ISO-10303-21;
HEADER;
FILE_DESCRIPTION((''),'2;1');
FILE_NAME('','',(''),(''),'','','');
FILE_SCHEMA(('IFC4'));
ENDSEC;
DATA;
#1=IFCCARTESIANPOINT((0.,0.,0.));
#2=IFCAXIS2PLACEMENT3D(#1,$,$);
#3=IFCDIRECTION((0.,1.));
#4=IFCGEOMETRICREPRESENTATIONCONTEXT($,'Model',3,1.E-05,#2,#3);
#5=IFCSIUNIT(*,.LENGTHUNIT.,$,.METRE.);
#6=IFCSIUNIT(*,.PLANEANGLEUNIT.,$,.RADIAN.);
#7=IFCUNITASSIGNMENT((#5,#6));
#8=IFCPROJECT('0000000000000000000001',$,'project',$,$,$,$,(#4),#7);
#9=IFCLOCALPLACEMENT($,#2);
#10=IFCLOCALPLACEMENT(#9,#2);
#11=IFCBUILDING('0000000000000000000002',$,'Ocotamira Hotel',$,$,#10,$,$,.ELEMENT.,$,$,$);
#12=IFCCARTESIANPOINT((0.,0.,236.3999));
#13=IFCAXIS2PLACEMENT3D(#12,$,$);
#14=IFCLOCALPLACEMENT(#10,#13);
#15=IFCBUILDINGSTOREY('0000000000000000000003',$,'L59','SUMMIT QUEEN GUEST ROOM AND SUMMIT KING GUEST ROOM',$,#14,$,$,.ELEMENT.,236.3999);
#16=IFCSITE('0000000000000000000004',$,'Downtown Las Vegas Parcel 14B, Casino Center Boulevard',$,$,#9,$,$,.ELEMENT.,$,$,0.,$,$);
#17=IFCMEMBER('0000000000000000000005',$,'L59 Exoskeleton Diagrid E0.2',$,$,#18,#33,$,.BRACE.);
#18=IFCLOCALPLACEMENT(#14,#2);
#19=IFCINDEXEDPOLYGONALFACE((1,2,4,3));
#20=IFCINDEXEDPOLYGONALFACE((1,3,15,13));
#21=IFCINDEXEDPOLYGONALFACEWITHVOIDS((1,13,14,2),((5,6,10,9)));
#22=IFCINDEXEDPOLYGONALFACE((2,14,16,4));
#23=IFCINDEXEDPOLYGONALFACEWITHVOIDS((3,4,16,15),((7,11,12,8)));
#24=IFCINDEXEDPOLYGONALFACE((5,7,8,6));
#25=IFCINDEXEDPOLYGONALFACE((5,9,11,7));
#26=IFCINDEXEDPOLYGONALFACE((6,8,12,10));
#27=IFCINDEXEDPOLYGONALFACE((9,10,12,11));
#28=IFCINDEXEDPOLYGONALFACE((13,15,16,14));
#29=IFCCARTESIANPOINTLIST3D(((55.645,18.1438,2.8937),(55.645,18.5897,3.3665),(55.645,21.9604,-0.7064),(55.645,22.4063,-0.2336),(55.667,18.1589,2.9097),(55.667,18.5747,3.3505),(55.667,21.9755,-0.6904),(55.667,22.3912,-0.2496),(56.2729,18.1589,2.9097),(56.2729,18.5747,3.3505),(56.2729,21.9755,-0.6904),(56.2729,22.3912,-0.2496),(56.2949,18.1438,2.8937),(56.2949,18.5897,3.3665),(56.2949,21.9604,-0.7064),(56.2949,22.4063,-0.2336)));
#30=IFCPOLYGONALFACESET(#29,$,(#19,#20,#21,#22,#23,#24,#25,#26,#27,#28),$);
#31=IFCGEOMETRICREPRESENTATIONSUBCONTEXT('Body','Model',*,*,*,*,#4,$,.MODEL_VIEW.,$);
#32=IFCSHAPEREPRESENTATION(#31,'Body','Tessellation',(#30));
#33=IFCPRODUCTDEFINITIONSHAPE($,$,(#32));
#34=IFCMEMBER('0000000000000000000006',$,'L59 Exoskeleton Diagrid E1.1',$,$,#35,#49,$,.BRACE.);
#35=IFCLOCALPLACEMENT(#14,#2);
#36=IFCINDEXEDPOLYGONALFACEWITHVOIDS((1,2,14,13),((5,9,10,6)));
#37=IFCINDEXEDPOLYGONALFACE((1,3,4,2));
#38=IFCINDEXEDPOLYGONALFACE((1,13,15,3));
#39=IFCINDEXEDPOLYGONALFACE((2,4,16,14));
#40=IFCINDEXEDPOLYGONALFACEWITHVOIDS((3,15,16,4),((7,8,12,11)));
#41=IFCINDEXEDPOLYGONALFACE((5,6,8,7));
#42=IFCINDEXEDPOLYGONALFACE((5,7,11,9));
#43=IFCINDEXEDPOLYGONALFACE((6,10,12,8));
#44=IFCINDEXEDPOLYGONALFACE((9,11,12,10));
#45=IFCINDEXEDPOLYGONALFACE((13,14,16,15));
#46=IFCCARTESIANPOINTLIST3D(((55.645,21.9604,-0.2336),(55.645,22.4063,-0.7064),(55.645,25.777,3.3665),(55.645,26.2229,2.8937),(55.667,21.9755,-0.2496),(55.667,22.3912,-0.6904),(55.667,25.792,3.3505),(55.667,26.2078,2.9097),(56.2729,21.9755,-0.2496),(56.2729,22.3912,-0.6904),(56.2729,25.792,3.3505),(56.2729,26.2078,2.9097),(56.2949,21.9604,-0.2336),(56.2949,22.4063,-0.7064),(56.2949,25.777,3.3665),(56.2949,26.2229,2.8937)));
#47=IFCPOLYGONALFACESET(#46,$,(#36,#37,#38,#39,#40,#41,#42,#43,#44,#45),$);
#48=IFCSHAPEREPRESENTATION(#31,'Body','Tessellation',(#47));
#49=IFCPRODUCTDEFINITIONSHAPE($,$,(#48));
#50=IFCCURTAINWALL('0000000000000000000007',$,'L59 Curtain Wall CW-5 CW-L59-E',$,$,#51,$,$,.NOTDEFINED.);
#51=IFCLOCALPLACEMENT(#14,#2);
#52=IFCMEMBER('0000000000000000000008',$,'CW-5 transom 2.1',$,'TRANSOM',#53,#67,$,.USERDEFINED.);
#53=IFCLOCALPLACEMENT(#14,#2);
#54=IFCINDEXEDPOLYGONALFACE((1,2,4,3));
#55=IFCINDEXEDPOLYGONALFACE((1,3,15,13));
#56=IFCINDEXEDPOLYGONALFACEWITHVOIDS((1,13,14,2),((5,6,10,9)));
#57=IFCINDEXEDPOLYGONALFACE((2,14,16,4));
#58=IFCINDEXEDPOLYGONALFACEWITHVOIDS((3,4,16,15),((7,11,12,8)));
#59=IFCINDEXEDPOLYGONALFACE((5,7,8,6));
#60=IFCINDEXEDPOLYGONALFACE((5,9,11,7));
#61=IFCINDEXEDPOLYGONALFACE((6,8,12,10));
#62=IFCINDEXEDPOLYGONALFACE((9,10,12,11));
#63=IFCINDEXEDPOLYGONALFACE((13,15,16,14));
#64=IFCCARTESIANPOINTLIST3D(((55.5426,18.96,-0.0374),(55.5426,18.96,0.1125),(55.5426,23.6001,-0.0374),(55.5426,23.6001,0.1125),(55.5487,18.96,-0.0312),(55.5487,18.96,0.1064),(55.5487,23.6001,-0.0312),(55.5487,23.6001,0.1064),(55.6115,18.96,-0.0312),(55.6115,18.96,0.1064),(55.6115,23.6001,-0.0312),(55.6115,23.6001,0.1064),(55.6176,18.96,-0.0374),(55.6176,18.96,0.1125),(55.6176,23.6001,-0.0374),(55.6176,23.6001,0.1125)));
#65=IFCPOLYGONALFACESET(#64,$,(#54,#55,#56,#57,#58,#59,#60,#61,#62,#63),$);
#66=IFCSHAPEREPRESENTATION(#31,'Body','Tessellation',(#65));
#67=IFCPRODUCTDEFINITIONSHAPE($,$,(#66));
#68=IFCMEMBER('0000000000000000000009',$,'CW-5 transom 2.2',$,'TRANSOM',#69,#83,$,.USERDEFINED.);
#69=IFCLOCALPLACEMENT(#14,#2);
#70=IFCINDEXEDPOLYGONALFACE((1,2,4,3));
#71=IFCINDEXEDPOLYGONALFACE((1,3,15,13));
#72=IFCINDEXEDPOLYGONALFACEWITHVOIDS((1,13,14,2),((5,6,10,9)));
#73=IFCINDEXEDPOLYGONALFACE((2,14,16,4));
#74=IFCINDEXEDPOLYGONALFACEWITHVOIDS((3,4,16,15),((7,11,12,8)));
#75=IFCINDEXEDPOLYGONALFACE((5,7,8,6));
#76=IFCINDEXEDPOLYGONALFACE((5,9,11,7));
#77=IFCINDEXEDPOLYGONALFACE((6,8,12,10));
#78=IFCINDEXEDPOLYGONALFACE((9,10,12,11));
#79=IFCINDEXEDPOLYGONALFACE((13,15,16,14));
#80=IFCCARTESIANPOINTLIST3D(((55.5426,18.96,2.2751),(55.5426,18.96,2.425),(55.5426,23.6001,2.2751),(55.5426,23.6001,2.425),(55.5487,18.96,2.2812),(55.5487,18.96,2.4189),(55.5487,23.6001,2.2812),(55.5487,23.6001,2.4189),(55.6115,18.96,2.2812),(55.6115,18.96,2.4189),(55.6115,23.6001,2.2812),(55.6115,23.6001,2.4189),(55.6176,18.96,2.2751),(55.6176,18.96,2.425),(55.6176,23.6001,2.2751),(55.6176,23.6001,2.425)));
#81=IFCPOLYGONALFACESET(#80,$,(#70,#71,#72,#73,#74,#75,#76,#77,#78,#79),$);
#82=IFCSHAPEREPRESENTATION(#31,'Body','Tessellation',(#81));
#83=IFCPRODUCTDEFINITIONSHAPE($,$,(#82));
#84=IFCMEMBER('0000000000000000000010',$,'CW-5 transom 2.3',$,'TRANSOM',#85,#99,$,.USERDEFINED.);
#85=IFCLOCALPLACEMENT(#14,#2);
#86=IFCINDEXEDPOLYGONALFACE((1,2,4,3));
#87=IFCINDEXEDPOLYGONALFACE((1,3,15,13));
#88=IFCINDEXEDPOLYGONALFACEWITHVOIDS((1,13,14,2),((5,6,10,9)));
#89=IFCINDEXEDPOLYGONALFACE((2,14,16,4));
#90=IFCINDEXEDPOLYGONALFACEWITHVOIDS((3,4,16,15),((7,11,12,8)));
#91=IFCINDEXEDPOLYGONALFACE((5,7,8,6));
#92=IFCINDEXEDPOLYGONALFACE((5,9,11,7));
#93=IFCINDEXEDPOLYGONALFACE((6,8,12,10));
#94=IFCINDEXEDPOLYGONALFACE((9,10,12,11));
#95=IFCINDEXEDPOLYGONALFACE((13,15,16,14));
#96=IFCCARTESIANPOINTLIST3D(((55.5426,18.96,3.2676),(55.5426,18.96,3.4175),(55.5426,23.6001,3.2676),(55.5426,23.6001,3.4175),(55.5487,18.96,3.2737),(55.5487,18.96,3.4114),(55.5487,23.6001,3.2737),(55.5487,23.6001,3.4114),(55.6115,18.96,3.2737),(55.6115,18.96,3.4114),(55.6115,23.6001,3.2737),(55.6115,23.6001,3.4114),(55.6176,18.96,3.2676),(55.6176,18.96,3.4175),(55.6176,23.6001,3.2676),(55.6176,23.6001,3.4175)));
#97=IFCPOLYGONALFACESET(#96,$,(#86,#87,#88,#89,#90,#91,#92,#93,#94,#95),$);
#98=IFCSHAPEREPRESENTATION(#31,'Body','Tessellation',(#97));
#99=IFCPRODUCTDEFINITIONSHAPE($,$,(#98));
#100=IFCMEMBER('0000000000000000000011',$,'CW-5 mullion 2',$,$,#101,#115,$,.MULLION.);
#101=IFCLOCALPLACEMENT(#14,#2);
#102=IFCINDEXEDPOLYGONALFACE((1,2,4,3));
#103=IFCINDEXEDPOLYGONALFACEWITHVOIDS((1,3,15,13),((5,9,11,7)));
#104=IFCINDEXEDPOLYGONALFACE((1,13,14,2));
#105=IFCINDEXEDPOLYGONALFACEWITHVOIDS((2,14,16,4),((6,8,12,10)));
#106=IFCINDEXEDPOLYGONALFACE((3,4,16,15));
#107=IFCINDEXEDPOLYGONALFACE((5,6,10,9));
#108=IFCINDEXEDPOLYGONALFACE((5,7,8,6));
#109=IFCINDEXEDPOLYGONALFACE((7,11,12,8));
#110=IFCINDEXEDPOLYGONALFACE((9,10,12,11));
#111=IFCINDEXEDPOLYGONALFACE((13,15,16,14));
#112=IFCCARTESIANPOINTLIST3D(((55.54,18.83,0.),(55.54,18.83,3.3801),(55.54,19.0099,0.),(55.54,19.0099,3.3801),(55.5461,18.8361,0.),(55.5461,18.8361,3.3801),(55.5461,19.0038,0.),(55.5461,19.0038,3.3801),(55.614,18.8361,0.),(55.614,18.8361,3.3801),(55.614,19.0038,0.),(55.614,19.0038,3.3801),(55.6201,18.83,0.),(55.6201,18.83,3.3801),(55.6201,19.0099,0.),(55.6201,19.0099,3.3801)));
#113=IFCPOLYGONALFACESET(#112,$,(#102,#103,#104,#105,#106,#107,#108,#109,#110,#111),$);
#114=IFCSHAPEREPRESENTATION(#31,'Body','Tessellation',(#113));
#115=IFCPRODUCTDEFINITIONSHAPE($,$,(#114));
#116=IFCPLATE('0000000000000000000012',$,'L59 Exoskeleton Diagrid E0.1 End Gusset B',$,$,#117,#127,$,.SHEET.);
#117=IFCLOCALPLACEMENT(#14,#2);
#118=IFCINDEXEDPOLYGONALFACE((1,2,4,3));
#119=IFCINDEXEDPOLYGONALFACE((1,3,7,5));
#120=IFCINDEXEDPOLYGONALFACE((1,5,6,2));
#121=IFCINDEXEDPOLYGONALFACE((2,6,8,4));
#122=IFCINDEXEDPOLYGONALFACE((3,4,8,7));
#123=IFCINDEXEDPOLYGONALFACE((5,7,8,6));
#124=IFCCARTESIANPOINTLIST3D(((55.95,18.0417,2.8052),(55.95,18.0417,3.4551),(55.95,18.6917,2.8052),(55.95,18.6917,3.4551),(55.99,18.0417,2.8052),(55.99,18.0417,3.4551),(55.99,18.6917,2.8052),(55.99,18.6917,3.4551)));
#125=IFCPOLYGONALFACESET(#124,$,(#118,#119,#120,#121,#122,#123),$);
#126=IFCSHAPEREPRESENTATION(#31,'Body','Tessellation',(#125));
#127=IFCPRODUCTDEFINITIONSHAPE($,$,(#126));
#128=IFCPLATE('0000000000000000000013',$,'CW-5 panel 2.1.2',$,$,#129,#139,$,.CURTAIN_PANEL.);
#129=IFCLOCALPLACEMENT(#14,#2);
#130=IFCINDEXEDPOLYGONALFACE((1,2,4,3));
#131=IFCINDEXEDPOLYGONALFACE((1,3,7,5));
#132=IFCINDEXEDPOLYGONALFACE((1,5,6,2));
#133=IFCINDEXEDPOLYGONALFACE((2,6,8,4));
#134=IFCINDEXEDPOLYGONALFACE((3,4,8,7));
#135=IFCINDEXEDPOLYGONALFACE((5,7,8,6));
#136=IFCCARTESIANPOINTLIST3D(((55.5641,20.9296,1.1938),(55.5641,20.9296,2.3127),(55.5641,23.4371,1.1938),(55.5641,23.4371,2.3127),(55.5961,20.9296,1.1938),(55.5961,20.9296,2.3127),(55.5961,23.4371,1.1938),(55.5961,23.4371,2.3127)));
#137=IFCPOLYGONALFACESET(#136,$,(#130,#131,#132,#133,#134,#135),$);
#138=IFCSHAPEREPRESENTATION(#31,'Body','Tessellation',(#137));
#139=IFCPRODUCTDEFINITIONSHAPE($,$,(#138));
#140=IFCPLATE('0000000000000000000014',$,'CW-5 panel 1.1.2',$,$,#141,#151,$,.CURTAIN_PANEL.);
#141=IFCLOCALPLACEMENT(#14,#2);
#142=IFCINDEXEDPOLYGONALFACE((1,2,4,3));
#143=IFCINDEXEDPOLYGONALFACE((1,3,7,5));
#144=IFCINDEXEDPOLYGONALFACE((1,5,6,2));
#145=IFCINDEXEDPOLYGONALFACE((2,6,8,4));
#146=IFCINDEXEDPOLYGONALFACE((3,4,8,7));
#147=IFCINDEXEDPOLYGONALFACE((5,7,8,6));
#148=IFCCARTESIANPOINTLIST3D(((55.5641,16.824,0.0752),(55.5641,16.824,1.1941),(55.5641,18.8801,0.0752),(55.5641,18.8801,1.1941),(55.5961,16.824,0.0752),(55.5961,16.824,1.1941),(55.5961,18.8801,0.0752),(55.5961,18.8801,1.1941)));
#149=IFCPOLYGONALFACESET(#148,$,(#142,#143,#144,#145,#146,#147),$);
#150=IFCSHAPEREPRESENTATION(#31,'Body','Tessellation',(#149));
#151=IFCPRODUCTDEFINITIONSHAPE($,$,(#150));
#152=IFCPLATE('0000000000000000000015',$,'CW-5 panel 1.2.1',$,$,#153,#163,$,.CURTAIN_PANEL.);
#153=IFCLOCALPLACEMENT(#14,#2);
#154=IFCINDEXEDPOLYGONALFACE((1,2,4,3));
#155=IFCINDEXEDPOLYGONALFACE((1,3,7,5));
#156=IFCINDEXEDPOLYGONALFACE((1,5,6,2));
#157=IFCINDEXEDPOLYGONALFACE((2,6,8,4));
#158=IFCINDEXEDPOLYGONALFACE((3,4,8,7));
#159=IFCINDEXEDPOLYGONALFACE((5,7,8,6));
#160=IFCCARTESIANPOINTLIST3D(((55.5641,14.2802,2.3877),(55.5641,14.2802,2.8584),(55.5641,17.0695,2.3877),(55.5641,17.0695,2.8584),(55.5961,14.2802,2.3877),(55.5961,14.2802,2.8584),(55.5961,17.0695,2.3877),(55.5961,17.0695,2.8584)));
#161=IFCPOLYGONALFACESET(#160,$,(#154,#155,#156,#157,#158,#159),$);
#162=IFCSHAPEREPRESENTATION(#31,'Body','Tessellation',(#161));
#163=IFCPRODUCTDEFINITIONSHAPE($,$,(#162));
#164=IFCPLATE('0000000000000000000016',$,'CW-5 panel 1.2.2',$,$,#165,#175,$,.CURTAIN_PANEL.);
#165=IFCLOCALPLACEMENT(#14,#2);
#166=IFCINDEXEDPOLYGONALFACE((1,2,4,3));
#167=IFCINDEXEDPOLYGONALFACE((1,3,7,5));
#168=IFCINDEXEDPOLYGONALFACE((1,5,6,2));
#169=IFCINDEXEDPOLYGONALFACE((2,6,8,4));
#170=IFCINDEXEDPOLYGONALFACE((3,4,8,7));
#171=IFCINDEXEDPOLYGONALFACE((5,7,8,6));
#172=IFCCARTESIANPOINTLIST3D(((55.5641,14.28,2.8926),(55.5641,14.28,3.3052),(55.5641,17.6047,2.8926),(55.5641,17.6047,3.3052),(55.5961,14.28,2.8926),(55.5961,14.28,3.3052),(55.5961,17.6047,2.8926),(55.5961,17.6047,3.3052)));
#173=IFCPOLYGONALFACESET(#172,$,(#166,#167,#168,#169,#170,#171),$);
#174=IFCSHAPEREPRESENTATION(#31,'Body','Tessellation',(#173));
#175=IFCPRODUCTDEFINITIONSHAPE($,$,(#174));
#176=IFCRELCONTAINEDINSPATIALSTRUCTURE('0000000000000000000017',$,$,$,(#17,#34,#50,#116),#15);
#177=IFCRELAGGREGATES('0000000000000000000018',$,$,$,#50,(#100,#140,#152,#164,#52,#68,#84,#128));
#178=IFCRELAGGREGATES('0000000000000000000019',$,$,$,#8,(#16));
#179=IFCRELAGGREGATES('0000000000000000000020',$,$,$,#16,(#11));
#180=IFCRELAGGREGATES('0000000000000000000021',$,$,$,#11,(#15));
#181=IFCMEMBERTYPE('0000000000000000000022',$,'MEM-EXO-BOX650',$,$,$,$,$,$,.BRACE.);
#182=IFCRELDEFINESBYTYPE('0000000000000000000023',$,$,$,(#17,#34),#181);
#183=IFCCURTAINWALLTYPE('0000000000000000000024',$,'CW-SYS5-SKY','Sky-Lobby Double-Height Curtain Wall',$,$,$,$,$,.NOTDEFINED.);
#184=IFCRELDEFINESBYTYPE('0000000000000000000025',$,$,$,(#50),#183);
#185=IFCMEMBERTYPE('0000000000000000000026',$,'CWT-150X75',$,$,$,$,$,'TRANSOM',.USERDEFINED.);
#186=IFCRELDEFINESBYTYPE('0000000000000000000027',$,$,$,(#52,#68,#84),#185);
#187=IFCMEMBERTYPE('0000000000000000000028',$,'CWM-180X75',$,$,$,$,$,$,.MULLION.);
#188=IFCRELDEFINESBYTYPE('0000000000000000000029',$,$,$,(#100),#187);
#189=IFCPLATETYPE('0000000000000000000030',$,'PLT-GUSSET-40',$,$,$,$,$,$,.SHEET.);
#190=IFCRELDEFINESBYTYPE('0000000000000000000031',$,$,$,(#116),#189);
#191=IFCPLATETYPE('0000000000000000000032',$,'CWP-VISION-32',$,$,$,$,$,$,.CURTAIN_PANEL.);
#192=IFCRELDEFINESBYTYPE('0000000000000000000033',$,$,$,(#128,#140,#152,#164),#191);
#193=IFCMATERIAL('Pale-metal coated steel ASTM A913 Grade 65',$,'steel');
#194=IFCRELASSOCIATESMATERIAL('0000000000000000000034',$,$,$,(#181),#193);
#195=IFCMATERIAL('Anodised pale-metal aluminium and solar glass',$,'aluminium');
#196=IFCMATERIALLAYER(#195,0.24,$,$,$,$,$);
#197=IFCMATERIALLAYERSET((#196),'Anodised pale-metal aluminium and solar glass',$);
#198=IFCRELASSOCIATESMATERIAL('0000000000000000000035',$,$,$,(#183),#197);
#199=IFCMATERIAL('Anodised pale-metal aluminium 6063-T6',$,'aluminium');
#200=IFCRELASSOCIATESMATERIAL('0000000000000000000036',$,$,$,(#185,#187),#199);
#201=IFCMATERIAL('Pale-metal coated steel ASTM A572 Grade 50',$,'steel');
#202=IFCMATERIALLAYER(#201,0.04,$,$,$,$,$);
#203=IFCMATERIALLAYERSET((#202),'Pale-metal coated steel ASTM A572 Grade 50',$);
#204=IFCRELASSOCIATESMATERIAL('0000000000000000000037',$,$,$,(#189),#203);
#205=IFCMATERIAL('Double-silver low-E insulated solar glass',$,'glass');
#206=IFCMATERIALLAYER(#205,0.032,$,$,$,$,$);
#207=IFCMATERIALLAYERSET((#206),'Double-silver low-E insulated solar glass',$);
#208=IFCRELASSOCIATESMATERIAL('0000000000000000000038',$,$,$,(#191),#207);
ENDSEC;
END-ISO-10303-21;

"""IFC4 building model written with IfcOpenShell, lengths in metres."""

from ifc_helpers import new_model, si_unit, direction, frame, origin, origin_2d, place, context, subcontext, project, spatial, rectangle, hollow_rectangle, extrude, source, transform, mapped, material, layer, layer_set, material_profile, profile_set, type_object, element, aggregate, save


model = new_model("IFC4")

# Units and contexts
model_context = context("Model", 3, precision=1e-05, world=origin(), true_north=direction((0.0, 1.0)))
body_context = subcontext(model_context, "Body", "Model", "MODEL_VIEW")
ifc_project = project(units=[si_unit("LENGTHUNIT", "METRE"), si_unit("PLANEANGLEUNIT", "RADIAN")], contexts=[model_context])

# Site, building, storey
site_placement = place(None, origin())
site = spatial("IfcSite", under=ifc_project, at=site_placement, Name="Downtown Las Vegas Parcel 14B, Casino Center Boulevard", CompositionType="ELEMENT", RefElevation=0.0)
building_placement = place(site_placement, origin())
building = spatial("IfcBuilding", under=site, at=building_placement, Name="Ocotamira Hotel", CompositionType="ELEMENT")
storey_placement = place(building_placement, frame((0.0, 0.0, 236.3999)))
storey = spatial("IfcBuildingStorey", under=building, at=storey_placement, Name="L59", Description="SUMMIT QUEEN GUEST ROOM AND SUMMIT KING GUEST ROOM", CompositionType="ELEMENT", Elevation=236.3999)

# Members
ifc_material_1 = material(Name="Pale-metal coated steel ASTM A913 Grade 65", Category="steel")
ifc_material_profile_1 = material_profile(ifc_material_1, hollow_rectangle(XDim=0.6499, YDim=0.6499, WallThickness=0.022, at=origin_2d()), Name="BOX650X650X22")
ifc_profile_set_1 = profile_set([ifc_material_profile_1], Name="Pale-metal coated steel ASTM A913 Grade 65")
member_type_1 = type_object("IfcMemberType", Name="MEM-EXO-BOX650", PredefinedType="BRACE", material=ifc_profile_set_1)
shared_shape_1 = source(origin(), body_context, "Body", "SweptSolid", [
    extrude(hollow_rectangle(XDim=0.6499, YDim=0.6499, WallThickness=0.022, at=origin_2d()), origin(), (0.0, 0.0, 1.0), 5.2466),
])
for number, where, z_axis, x_axis, name in (
    (1, (55.97, 22.1833, -0.47), (0.0, -0.727443, 0.686168), (1.0, 0.0, 0.0), "L59 Exoskeleton Diagrid E0.2"),
    (2, (55.97, 22.1833, -0.47), (0.0, 0.727443, 0.686168), (-1.0, 0.0, 0.0), "L59 Exoskeleton Diagrid E1.1"),
):
    element("IfcMember", number, at=place(storey_placement, frame(where, z_axis=z_axis, x_axis=x_axis)), inside=storey, type_object=member_type_1, Name=name, PredefinedType="BRACE", context=body_context, shape_type="MappedRepresentation", body=[
        mapped(shared_shape_1, transform((0.0, 0.0, 0.0), scale=1.0)),
    ])

# Curtain wall, members
ifc_material_2 = material(Name="Anodised pale-metal aluminium and solar glass", Category="aluminium")
ifc_layer_1 = layer(ifc_material_2, 0.24)
ifc_layer_set_1 = layer_set([ifc_layer_1], Name="Anodised pale-metal aluminium and solar glass")
curtain_wall_type = type_object("IfcCurtainWallType", Name="CW-SYS5-SKY", Description="Sky-Lobby Double-Height Curtain Wall", PredefinedType="NOTDEFINED", material=ifc_layer_set_1)
curtain_wall_placement = place(storey_placement, origin())
curtain_wall = element("IfcCurtainWall", 3, at=curtain_wall_placement, inside=storey, type_object=curtain_wall_type, Name="L59 Curtain Wall CW-5 CW-L59-E", PredefinedType="NOTDEFINED")
ifc_material_3 = material(Name="Anodised pale-metal aluminium 6063-T6", Category="aluminium")
ifc_material_profile_2 = material_profile(ifc_material_3, hollow_rectangle(XDim=0.075, YDim=0.1499, WallThickness=0.0061, at=origin_2d()), Name="HSS150X75X6")
ifc_profile_set_2 = profile_set([ifc_material_profile_2], Name="Anodised pale-metal aluminium 6063-T6")
member_type_2 = type_object("IfcMemberType", Name="CWT-150X75", ElementType="TRANSOM", PredefinedType="USERDEFINED", material=ifc_profile_set_2)
shared_shape_2 = source(origin(), body_context, "Body", "SweptSolid", [
    extrude(hollow_rectangle(XDim=0.075, YDim=0.1499, WallThickness=0.0061, at=origin_2d()), origin(), (0.0, 0.0, 1.0), 4.6401),
])
member_1_placement = place(storey_placement, frame((55.5801, 18.96, 0.0376), z_axis=(0.0, 1.0, 0.0), x_axis=(-1.0, 0.0, 0.0)))
member_1 = element("IfcMember", 4, at=member_1_placement, type_object=member_type_2, Name="CW-5 transom 2.1", ObjectType="TRANSOM", PredefinedType="USERDEFINED", context=body_context, shape_type="MappedRepresentation", body=[
    mapped(shared_shape_2, transform((0.0, 0.0, 0.0), scale=1.0)),
])
member_2_placement = place(storey_placement, frame((55.5801, 18.96, 2.3501), z_axis=(0.0, 1.0, 0.0), x_axis=(-1.0, 0.0, 0.0)))
member_2 = element("IfcMember", 5, at=member_2_placement, type_object=member_type_2, Name="CW-5 transom 2.2", ObjectType="TRANSOM", PredefinedType="USERDEFINED", context=body_context, shape_type="MappedRepresentation", body=[
    mapped(shared_shape_2, transform((0.0, 0.0, 0.0), scale=1.0)),
])
member_3_placement = place(storey_placement, frame((55.5801, 18.96, 3.3425), z_axis=(0.0, 1.0, 0.0), x_axis=(-1.0, 0.0, 0.0)))
member_3 = element("IfcMember", 6, at=member_3_placement, type_object=member_type_2, Name="CW-5 transom 2.3", ObjectType="TRANSOM", PredefinedType="USERDEFINED", context=body_context, shape_type="MappedRepresentation", body=[
    mapped(shared_shape_2, transform((0.0, 0.0, 0.0), scale=1.0)),
])
ifc_material_profile_3 = material_profile(ifc_material_3, hollow_rectangle(XDim=0.0801, YDim=0.1799, WallThickness=0.0061, at=origin_2d()), Name="HSS180X80X6")
ifc_profile_set_3 = profile_set([ifc_material_profile_3], Name="Anodised pale-metal aluminium 6063-T6")
member_type_3 = type_object("IfcMemberType", Name="CWM-180X75", PredefinedType="MULLION", material=ifc_profile_set_3)
shared_shape_3 = source(origin(), body_context, "Body", "SweptSolid", [
    extrude(hollow_rectangle(XDim=0.0801, YDim=0.1799, WallThickness=0.0061, at=origin_2d()), origin(), (0.0, 0.0, 1.0), 3.3801),
])
member_4_placement = place(storey_placement, frame((55.5801, 18.9199, 0.0), z_axis=(0.0, 0.0, 1.0), x_axis=(-1.0, 0.0, 0.0)))
member_4 = element("IfcMember", 7, at=member_4_placement, type_object=member_type_3, Name="CW-5 mullion 2", PredefinedType="MULLION", context=body_context, shape_type="MappedRepresentation", body=[
    mapped(shared_shape_3, transform((0.0, 0.0, 0.0), scale=1.0)),
])

# Plates
ifc_material_4 = material(Name="Pale-metal coated steel ASTM A572 Grade 50", Category="steel")
ifc_layer_2 = layer(ifc_material_4, 0.04)
ifc_layer_set_2 = layer_set([ifc_layer_2], Name="Pale-metal coated steel ASTM A572 Grade 50")
plate_type_1 = type_object("IfcPlateType", Name="PLT-GUSSET-40", PredefinedType="SHEET", material=ifc_layer_set_2)
shared_shape_4 = source(origin(), body_context, "Body", "SweptSolid", [
    extrude(rectangle(XDim=0.04, YDim=0.6499, at=origin_2d()), origin(), (0.0, 0.0, 1.0), 0.6499),
])
plate_1_placement = place(storey_placement, frame((55.97, 18.3667, 2.8052), z_axis=(0.0, 0.0, 1.0), x_axis=(1.0, 0.0, 0.0)))
element("IfcPlate", 8, at=plate_1_placement, inside=storey, type_object=plate_type_1, Name="L59 Exoskeleton Diagrid E0.1 End Gusset B", PredefinedType="SHEET", context=body_context, shape_type="MappedRepresentation", body=[
    mapped(shared_shape_4, transform((0.0, 0.0, 0.0), scale=1.0)),
])
ifc_material_5 = material(Name="Double-silver low-E insulated solar glass", Category="glass")
ifc_layer_3 = layer(ifc_material_5, 0.032)
ifc_layer_set_3 = layer_set([ifc_layer_3], Name="Double-silver low-E insulated solar glass")
plate_type_2 = type_object("IfcPlateType", Name="CWP-VISION-32", PredefinedType="CURTAIN_PANEL", material=ifc_layer_set_3)
shared_shape_5 = source(origin(), body_context, "Body", "SweptSolid", [
    extrude(rectangle(XDim=2.5076, YDim=0.032, at=origin_2d()), origin(), (0.0, 0.0, 1.0), 1.1189),
])
plate_2_placement = place(storey_placement, frame((55.5801, 22.1833, 1.1938), z_axis=(0.0, 0.0, 1.0), x_axis=(0.0, 1.0, 0.0)))
plate_2 = element("IfcPlate", 9, at=plate_2_placement, type_object=plate_type_2, Name="CW-5 panel 2.1.2", PredefinedType="CURTAIN_PANEL", context=body_context, shape_type="MappedRepresentation", body=[
    mapped(shared_shape_5, transform((0.0, 0.0, 0.0), scale=1.0)),
])
shared_shape_6 = source(origin(), body_context, "Body", "SweptSolid", [
    extrude(rectangle(XDim=2.0562, YDim=0.032, at=origin_2d()), origin(), (0.0, 0.0, 1.0), 1.1189),
])
plate_3_placement = place(storey_placement, frame((55.5801, 17.8521, 0.0752), z_axis=(0.0, 0.0, 1.0), x_axis=(0.0, 1.0, 0.0)))
plate_3 = element("IfcPlate", 10, at=plate_3_placement, type_object=plate_type_2, Name="CW-5 panel 1.1.2", PredefinedType="CURTAIN_PANEL", context=body_context, shape_type="MappedRepresentation", body=[
    mapped(shared_shape_6, transform((0.0, 0.0, 0.0), scale=1.0)),
])
shared_shape_7 = source(origin(), body_context, "Body", "SweptSolid", [
    extrude(rectangle(XDim=2.7893, YDim=0.032, at=origin_2d()), origin(), (0.0, 0.0, 1.0), 0.4707),
])
plate_4_placement = place(storey_placement, frame((55.5801, 15.6748, 2.3877), z_axis=(0.0, 0.0, 1.0), x_axis=(0.0, 1.0, 0.0)))
plate_4 = element("IfcPlate", 11, at=plate_4_placement, type_object=plate_type_2, Name="CW-5 panel 1.2.1", PredefinedType="CURTAIN_PANEL", context=body_context, shape_type="MappedRepresentation", body=[
    mapped(shared_shape_7, transform((0.0, 0.0, 0.0), scale=1.0)),
])
shared_shape_8 = source(origin(), body_context, "Body", "SweptSolid", [
    extrude(rectangle(XDim=3.3247, YDim=0.032, at=origin_2d()), origin(), (0.0, 0.0, 1.0), 0.4126),
])
plate_5_placement = place(storey_placement, frame((55.5801, 15.9424, 2.8926), z_axis=(0.0, 0.0, 1.0), x_axis=(0.0, 1.0, 0.0)))
plate_5 = element("IfcPlate", 12, at=plate_5_placement, type_object=plate_type_2, Name="CW-5 panel 1.2.2", PredefinedType="CURTAIN_PANEL", context=body_context, shape_type="MappedRepresentation", body=[
    mapped(shared_shape_8, transform((0.0, 0.0, 0.0), scale=1.0)),
])
aggregate(curtain_wall, [member_4, plate_3, plate_4, plate_5, member_1, member_2, member_3, plate_2])

save(model, "model.ifc")
